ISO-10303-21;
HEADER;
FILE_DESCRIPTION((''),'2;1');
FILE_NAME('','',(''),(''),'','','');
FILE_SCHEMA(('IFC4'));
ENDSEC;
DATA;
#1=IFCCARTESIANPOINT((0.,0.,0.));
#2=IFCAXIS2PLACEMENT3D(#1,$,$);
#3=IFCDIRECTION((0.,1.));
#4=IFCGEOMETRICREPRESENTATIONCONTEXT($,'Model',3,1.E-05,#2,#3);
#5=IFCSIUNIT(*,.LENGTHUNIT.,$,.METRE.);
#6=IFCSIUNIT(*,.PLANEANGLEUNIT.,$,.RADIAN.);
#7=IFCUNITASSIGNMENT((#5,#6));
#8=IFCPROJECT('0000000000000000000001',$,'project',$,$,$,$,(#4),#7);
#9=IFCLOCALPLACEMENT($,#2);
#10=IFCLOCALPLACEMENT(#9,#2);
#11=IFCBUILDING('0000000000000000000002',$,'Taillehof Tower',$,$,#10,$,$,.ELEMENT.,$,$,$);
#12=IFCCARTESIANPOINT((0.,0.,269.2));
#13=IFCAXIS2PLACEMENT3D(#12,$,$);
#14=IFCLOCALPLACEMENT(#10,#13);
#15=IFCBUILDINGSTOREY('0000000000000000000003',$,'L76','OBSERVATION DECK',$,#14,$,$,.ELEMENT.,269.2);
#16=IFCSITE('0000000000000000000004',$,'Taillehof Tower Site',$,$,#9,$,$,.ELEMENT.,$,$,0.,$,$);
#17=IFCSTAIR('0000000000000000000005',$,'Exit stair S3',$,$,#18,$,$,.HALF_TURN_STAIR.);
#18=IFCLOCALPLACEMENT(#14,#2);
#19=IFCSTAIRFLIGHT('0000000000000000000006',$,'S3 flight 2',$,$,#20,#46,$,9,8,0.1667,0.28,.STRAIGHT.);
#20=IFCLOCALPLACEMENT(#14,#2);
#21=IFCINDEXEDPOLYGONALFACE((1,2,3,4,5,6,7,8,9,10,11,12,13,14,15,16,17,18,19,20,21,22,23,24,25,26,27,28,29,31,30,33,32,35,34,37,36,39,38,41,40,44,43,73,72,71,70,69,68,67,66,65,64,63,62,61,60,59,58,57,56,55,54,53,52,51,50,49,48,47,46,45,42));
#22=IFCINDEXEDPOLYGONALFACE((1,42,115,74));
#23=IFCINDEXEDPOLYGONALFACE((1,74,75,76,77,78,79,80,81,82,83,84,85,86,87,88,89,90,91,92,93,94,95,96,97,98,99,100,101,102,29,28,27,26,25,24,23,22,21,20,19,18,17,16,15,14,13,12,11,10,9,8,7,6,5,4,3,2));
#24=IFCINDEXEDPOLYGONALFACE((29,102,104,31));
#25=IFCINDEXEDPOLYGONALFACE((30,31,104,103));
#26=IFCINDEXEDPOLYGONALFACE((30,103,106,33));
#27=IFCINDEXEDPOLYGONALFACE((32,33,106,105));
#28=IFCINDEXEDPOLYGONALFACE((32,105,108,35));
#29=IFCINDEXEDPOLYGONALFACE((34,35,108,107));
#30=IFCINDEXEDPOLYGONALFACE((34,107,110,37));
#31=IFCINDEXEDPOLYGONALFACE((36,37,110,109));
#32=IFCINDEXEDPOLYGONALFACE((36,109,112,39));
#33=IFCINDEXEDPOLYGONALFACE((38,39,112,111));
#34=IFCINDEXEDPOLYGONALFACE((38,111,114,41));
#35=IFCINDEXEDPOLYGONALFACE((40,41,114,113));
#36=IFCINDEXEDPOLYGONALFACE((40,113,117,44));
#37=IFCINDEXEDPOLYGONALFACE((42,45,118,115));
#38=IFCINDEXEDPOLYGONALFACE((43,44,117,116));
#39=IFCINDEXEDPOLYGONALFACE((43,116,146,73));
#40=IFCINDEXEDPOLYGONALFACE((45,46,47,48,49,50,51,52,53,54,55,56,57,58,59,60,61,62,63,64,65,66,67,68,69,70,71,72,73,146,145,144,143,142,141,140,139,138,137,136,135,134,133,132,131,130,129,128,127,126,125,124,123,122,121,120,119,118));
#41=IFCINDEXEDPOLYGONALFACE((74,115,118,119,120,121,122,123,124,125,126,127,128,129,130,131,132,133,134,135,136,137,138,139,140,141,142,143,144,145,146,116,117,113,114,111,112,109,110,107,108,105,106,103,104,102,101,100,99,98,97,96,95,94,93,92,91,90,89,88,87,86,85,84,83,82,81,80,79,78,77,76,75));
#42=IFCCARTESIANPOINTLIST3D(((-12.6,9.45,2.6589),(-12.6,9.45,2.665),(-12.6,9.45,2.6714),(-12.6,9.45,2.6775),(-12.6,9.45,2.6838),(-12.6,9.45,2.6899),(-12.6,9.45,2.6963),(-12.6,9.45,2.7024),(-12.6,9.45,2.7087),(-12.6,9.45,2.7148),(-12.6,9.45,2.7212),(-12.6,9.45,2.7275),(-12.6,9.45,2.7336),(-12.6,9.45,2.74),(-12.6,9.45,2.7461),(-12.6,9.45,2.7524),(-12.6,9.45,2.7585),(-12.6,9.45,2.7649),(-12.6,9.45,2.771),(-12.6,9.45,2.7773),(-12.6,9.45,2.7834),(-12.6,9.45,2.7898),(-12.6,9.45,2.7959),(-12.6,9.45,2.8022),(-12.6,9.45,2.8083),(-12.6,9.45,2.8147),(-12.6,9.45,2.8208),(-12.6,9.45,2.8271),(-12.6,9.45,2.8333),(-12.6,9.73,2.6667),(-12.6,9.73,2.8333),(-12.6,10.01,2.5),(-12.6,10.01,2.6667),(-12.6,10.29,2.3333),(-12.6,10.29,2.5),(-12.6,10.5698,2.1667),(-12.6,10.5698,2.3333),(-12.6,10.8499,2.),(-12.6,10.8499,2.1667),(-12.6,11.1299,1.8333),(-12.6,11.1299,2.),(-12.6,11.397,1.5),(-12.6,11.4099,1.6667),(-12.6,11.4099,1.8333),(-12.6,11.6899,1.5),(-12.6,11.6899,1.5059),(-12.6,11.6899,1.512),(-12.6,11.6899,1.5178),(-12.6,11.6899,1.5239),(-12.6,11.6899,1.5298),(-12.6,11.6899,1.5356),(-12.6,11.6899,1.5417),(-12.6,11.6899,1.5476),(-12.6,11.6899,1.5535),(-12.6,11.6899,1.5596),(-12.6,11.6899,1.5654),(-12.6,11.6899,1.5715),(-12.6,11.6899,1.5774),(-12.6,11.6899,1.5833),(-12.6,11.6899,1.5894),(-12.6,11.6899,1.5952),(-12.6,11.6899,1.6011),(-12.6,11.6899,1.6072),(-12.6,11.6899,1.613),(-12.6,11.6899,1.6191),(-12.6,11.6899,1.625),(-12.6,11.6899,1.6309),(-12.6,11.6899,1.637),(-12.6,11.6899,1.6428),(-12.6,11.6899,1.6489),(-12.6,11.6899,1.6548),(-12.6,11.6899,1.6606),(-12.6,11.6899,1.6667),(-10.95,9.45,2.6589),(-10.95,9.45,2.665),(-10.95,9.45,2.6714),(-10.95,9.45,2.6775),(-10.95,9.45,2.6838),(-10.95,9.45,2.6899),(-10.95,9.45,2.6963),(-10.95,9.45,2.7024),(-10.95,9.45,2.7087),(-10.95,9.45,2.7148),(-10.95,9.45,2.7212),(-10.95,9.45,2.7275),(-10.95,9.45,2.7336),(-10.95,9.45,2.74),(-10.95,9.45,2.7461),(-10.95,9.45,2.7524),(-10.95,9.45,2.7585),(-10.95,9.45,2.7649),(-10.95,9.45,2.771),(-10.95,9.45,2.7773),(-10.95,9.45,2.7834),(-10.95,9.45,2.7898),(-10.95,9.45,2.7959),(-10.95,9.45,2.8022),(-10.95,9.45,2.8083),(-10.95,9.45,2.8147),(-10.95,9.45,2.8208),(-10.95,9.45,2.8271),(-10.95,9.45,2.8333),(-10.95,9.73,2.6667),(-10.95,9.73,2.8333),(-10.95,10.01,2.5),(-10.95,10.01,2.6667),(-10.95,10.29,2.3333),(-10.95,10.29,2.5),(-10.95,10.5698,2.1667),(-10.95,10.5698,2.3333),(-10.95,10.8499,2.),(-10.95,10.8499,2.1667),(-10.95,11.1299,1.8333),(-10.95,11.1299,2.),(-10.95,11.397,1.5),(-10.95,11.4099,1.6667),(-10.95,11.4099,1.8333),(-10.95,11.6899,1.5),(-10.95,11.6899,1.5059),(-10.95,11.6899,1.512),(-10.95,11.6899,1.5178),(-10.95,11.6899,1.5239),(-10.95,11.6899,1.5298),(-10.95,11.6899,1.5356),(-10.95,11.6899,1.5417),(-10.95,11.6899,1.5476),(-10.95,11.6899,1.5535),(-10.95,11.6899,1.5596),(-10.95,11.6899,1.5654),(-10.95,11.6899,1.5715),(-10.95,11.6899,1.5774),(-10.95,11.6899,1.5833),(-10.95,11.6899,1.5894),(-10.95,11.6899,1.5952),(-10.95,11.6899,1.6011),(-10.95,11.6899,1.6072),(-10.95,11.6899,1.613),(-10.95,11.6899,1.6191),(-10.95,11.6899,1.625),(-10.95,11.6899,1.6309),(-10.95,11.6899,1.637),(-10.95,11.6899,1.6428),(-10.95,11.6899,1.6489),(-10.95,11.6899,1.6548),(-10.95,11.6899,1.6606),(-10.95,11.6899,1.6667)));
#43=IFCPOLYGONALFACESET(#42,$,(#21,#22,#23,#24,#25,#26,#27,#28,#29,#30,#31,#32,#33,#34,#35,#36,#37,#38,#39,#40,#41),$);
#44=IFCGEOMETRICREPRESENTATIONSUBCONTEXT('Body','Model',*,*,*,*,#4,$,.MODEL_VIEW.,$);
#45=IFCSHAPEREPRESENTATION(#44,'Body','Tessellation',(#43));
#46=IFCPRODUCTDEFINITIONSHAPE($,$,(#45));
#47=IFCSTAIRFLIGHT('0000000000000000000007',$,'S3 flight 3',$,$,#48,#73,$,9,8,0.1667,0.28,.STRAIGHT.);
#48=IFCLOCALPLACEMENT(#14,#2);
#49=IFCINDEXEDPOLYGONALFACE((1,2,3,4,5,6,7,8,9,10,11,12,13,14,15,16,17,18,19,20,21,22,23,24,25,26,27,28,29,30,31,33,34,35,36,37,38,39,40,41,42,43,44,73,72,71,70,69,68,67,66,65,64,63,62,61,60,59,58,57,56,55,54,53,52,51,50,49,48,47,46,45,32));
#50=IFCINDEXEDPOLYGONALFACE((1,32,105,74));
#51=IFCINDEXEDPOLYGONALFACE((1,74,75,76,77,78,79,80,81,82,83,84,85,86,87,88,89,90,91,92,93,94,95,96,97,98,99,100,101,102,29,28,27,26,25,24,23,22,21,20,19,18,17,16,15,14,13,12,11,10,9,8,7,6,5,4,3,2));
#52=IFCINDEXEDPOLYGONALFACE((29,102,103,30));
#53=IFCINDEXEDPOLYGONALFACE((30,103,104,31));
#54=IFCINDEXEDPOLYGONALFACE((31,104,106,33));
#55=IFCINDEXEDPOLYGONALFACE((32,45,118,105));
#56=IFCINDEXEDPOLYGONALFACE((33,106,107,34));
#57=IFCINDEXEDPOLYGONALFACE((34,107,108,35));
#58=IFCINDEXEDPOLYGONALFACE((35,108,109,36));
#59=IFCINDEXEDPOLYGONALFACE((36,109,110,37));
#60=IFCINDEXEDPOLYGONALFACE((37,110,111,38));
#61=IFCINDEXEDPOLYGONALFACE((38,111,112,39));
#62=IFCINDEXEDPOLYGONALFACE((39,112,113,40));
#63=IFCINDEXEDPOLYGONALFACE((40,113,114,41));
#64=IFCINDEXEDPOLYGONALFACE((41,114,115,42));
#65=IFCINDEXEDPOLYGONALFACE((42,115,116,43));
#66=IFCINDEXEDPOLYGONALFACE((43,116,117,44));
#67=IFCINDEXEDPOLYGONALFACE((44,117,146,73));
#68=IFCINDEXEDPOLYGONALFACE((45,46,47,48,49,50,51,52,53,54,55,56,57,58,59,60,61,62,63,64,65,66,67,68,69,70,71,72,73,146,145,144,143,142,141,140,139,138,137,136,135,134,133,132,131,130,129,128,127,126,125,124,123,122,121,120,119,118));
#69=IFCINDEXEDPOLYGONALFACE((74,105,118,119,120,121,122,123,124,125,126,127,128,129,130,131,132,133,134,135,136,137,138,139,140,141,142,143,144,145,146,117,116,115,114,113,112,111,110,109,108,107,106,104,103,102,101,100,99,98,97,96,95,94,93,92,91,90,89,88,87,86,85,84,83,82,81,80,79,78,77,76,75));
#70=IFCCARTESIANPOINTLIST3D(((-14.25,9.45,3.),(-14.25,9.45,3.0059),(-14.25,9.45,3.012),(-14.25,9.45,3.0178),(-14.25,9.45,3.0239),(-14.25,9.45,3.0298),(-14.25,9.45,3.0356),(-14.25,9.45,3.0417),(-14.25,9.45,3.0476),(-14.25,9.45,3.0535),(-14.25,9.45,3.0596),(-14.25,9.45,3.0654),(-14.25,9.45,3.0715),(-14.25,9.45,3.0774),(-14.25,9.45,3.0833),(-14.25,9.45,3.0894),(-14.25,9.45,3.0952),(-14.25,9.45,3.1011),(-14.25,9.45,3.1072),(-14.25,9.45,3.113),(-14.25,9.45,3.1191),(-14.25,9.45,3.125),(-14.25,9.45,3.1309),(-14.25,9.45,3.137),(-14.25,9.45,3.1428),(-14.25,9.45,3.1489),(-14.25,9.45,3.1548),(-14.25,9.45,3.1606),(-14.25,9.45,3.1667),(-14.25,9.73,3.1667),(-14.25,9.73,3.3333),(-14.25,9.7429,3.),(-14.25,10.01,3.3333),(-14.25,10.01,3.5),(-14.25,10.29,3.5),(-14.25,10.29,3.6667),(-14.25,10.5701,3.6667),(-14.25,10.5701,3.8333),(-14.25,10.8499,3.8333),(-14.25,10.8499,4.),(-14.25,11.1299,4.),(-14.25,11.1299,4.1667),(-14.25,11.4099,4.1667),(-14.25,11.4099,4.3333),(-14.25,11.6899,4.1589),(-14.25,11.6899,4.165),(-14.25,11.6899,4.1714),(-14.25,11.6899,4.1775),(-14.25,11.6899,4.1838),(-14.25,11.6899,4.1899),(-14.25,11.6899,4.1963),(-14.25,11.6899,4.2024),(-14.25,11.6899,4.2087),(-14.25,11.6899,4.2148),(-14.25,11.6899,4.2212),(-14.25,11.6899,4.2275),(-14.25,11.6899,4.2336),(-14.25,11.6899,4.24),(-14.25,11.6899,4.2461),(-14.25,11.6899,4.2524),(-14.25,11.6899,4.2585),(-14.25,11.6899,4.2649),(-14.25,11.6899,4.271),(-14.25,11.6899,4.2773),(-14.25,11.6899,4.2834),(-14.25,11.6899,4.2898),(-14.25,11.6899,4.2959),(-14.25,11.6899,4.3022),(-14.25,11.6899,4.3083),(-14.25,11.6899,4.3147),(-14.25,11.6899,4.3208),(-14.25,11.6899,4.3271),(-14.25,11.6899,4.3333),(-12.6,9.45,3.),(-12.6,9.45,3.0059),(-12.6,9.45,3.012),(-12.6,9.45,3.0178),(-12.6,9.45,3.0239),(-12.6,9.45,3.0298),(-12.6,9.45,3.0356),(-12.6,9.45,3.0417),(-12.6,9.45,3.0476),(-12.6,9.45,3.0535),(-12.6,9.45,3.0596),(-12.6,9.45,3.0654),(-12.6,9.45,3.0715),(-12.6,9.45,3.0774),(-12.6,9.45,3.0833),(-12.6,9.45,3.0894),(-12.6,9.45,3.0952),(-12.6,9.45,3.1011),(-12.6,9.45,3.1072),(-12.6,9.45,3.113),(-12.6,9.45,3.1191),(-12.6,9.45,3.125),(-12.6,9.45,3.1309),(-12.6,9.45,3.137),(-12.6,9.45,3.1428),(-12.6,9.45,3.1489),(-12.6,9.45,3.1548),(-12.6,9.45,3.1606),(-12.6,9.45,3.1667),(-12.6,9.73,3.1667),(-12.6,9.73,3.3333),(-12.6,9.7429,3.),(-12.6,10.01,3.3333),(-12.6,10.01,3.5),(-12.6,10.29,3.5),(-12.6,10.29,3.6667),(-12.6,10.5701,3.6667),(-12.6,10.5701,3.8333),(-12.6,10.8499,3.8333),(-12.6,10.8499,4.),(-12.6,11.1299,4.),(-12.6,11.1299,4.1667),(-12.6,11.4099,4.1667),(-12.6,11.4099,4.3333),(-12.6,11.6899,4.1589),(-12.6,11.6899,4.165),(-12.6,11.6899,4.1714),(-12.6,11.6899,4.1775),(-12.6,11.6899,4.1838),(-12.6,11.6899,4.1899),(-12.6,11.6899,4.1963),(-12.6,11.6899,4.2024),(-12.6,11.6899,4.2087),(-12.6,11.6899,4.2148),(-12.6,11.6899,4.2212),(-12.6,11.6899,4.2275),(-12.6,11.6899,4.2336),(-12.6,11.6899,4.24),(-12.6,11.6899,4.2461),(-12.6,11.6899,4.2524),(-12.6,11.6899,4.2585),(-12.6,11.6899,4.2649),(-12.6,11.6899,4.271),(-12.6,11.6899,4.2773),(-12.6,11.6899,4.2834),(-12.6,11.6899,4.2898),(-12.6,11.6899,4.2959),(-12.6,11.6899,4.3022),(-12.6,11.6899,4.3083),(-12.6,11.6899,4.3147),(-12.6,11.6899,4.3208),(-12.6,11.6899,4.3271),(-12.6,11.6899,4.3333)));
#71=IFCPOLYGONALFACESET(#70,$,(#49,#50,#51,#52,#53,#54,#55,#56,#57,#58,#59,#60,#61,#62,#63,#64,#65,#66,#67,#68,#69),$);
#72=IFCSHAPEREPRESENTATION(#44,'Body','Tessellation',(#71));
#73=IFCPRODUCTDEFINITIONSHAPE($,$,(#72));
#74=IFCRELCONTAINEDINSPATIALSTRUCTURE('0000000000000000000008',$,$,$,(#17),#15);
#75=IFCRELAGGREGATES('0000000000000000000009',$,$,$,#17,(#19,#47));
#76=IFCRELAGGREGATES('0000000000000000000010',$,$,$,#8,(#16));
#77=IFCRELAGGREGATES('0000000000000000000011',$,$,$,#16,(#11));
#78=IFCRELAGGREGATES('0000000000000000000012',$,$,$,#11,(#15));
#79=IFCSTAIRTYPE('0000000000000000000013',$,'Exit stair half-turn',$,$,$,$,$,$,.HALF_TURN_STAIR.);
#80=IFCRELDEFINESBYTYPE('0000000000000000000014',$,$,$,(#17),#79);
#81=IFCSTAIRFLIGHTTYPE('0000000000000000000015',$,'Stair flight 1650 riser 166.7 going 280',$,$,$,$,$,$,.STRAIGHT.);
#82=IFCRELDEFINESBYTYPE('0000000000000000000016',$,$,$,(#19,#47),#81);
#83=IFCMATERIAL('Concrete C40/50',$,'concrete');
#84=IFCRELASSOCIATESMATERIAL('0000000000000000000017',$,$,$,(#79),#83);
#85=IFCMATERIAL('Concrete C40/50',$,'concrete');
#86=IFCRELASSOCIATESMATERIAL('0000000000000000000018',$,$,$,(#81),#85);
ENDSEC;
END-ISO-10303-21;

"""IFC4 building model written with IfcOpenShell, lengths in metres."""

from ifc_helpers import new_model, si_unit, direction, frame, origin, place, context, subcontext, project, spatial, polyline, outline, extrude, material, type_object, element, aggregate, save


model = new_model("IFC4")

# Units and contexts
model_context = context("Model", 3, precision=1e-05, world=origin(), true_north=direction((0.0, 1.0)))
body_context = subcontext(model_context, "Body", "Model", "MODEL_VIEW")
ifc_project = project(units=[si_unit("LENGTHUNIT", "METRE"), si_unit("PLANEANGLEUNIT", "RADIAN")], contexts=[model_context])

# Site, building, storey
site_placement = place(None, origin())
site = spatial("IfcSite", under=ifc_project, at=site_placement, Name="Taillehof Tower Site", CompositionType="ELEMENT", RefElevation=0.0)
building_placement = place(site_placement, origin())
building = spatial("IfcBuilding", under=site, at=building_placement, Name="Taillehof Tower", CompositionType="ELEMENT")
storey_placement = place(building_placement, frame((0.0, 0.0, 269.2)))
storey = spatial("IfcBuildingStorey", under=building, at=storey_placement, Name="L76", Description="OBSERVATION DECK", CompositionType="ELEMENT", Elevation=269.2)

# Stair, stair flights
ifc_material_1 = material(Name="Concrete C40/50", Category="concrete")
stair_type = type_object("IfcStairType", Name="Exit stair half-turn", PredefinedType="HALF_TURN_STAIR", material=ifc_material_1)
stair_placement = place(storey_placement, origin())
stair = element("IfcStair", 1, at=stair_placement, inside=storey, type_object=stair_type, Name="Exit stair S3", PredefinedType="HALF_TURN_STAIR")
ifc_material_2 = material(Name="Concrete C40/50", Category="concrete")
stair_flight_type = type_object("IfcStairFlightType", Name="Stair flight 1650 riser 166.7 going 280", PredefinedType="STRAIGHT", material=ifc_material_2)
stair_flight_1_placement = place(storey_placement, frame((-11.7749, 11.6899, 1.5), z_axis=(0.0, 0.0, 1.0), x_axis=(0.0, -1.0, 0.0)))
stair_flight_1 = element("IfcStairFlight", 2, at=stair_flight_1_placement, type_object=stair_flight_type, Name="S3 flight 2", NumberOfRisers=9, NumberOfTreads=8, PredefinedType="STRAIGHT", RiserHeight=0.1667, TreadLength=0.28, context=body_context, shape_type="SweptSolid", body=[
    extrude(outline(polyline([(0.0, 0.0), (0.0, 0.0059), (0.0, 0.012), (0.0, 0.0178), (0.0, 0.0239), (0.0, 0.0298), (0.0, 0.0356), (0.0, 0.0417), (0.0, 0.0476), (0.0, 0.0535), (0.0, 0.0596), (0.0, 0.0654), (0.0, 0.0715), (0.0, 0.0774), (0.0, 0.0833), (0.0, 0.0894), (0.0, 0.0952), (0.0, 0.1011), (0.0, 0.1072), (0.0, 0.113), (0.0, 0.1191), (0.0, 0.125), (0.0, 0.1309), (0.0, 0.137), (0.0, 0.1428), (0.0, 0.1489), (0.0, 0.1548), (0.0, 0.1606), (0.0, 0.1667), (0.28, 0.1667), (0.28, 0.3333), (0.5601, 0.3333), (0.5601, 0.5), (0.8401, 0.5), (0.8401, 0.6667), (1.1201, 0.6667), (1.1201, 0.8333), (1.3999, 0.8333), (1.3999, 1.0), (1.6799, 1.0), (1.6799, 1.1667), (1.96, 1.1667), (1.96, 1.3333), (2.24, 1.3333), (2.24, 1.3271), (2.24, 1.3208), (2.24, 1.3147), (2.24, 1.3083), (2.24, 1.3022), (2.24, 1.2959), (2.24, 1.2898), (2.24, 1.2834), (2.24, 1.2773), (2.24, 1.271), (2.24, 1.2649), (2.24, 1.2585), (2.24, 1.2524), (2.24, 1.2461), (2.24, 1.24), (2.24, 1.2336), (2.24, 1.2275), (2.24, 1.2212), (2.24, 1.2148), (2.24, 1.2087), (2.24, 1.2024), (2.24, 1.1963), (2.24, 1.1899), (2.24, 1.1838), (2.24, 1.1775), (2.24, 1.1714), (2.24, 1.165), (2.24, 1.1589), (0.293, 0.0), (0.0, 0.0)])), frame((0.0, 0.825, 0.0), z_axis=(0.0, -1.0, 0.0), x_axis=(1.0, 0.0, 0.0)), (0.0, 0.0, 1.0), 1.65),
])
stair_flight_2_placement = place(storey_placement, frame((-13.425, 9.45, 3.0), z_axis=(0.0, 0.0, 1.0), x_axis=(0.0, 1.0, 0.0)))
stair_flight_2 = element("IfcStairFlight", 3, at=stair_flight_2_placement, type_object=stair_flight_type, Name="S3 flight 3", NumberOfRisers=9, NumberOfTreads=8, PredefinedType="STRAIGHT", RiserHeight=0.1667, TreadLength=0.28, context=body_context, shape_type="SweptSolid", body=[
    extrude(outline(polyline([(0.0, 0.0), (0.0, 0.0059), (0.0, 0.012), (0.0, 0.0178), (0.0, 0.0239), (0.0, 0.0298), (0.0, 0.0356), (0.0, 0.0417), (0.0, 0.0476), (0.0, 0.0535), (0.0, 0.0596), (0.0, 0.0654), (0.0, 0.0715), (0.0, 0.0774), (0.0, 0.0833), (0.0, 0.0894), (0.0, 0.0952), (0.0, 0.1011), (0.0, 0.1072), (0.0, 0.113), (0.0, 0.1191), (0.0, 0.125), (0.0, 0.1309), (0.0, 0.137), (0.0, 0.1428), (0.0, 0.1489), (0.0, 0.1548), (0.0, 0.1606), (0.0, 0.1667), (0.28, 0.1667), (0.28, 0.3333), (0.5601, 0.3333), (0.5601, 0.5), (0.8401, 0.5), (0.8401, 0.6667), (1.1201, 0.6667), (1.1201, 0.8333), (1.3999, 0.8333), (1.3999, 1.0), (1.6799, 1.0), (1.6799, 1.1667), (1.96, 1.1667), (1.96, 1.3333), (2.24, 1.3333), (2.24, 1.3271), (2.24, 1.3208), (2.24, 1.3147), (2.24, 1.3083), (2.24, 1.3022), (2.24, 1.2959), (2.24, 1.2898), (2.24, 1.2834), (2.24, 1.2773), (2.24, 1.271), (2.24, 1.2649), (2.24, 1.2585), (2.24, 1.2524), (2.24, 1.2461), (2.24, 1.24), (2.24, 1.2336), (2.24, 1.2275), (2.24, 1.2212), (2.24, 1.2148), (2.24, 1.2087), (2.24, 1.2024), (2.24, 1.1963), (2.24, 1.1899), (2.24, 1.1838), (2.24, 1.1775), (2.24, 1.1714), (2.24, 1.165), (2.24, 1.1589), (0.293, 0.0), (0.0, 0.0)])), frame((0.0, 0.825, 0.0), z_axis=(0.0, -1.0, 0.0), x_axis=(1.0, 0.0, 0.0)), (0.0, 0.0, 1.0), 1.65),
])
aggregate(stair, [stair_flight_1, stair_flight_2])

save(model, "model.ifc")
